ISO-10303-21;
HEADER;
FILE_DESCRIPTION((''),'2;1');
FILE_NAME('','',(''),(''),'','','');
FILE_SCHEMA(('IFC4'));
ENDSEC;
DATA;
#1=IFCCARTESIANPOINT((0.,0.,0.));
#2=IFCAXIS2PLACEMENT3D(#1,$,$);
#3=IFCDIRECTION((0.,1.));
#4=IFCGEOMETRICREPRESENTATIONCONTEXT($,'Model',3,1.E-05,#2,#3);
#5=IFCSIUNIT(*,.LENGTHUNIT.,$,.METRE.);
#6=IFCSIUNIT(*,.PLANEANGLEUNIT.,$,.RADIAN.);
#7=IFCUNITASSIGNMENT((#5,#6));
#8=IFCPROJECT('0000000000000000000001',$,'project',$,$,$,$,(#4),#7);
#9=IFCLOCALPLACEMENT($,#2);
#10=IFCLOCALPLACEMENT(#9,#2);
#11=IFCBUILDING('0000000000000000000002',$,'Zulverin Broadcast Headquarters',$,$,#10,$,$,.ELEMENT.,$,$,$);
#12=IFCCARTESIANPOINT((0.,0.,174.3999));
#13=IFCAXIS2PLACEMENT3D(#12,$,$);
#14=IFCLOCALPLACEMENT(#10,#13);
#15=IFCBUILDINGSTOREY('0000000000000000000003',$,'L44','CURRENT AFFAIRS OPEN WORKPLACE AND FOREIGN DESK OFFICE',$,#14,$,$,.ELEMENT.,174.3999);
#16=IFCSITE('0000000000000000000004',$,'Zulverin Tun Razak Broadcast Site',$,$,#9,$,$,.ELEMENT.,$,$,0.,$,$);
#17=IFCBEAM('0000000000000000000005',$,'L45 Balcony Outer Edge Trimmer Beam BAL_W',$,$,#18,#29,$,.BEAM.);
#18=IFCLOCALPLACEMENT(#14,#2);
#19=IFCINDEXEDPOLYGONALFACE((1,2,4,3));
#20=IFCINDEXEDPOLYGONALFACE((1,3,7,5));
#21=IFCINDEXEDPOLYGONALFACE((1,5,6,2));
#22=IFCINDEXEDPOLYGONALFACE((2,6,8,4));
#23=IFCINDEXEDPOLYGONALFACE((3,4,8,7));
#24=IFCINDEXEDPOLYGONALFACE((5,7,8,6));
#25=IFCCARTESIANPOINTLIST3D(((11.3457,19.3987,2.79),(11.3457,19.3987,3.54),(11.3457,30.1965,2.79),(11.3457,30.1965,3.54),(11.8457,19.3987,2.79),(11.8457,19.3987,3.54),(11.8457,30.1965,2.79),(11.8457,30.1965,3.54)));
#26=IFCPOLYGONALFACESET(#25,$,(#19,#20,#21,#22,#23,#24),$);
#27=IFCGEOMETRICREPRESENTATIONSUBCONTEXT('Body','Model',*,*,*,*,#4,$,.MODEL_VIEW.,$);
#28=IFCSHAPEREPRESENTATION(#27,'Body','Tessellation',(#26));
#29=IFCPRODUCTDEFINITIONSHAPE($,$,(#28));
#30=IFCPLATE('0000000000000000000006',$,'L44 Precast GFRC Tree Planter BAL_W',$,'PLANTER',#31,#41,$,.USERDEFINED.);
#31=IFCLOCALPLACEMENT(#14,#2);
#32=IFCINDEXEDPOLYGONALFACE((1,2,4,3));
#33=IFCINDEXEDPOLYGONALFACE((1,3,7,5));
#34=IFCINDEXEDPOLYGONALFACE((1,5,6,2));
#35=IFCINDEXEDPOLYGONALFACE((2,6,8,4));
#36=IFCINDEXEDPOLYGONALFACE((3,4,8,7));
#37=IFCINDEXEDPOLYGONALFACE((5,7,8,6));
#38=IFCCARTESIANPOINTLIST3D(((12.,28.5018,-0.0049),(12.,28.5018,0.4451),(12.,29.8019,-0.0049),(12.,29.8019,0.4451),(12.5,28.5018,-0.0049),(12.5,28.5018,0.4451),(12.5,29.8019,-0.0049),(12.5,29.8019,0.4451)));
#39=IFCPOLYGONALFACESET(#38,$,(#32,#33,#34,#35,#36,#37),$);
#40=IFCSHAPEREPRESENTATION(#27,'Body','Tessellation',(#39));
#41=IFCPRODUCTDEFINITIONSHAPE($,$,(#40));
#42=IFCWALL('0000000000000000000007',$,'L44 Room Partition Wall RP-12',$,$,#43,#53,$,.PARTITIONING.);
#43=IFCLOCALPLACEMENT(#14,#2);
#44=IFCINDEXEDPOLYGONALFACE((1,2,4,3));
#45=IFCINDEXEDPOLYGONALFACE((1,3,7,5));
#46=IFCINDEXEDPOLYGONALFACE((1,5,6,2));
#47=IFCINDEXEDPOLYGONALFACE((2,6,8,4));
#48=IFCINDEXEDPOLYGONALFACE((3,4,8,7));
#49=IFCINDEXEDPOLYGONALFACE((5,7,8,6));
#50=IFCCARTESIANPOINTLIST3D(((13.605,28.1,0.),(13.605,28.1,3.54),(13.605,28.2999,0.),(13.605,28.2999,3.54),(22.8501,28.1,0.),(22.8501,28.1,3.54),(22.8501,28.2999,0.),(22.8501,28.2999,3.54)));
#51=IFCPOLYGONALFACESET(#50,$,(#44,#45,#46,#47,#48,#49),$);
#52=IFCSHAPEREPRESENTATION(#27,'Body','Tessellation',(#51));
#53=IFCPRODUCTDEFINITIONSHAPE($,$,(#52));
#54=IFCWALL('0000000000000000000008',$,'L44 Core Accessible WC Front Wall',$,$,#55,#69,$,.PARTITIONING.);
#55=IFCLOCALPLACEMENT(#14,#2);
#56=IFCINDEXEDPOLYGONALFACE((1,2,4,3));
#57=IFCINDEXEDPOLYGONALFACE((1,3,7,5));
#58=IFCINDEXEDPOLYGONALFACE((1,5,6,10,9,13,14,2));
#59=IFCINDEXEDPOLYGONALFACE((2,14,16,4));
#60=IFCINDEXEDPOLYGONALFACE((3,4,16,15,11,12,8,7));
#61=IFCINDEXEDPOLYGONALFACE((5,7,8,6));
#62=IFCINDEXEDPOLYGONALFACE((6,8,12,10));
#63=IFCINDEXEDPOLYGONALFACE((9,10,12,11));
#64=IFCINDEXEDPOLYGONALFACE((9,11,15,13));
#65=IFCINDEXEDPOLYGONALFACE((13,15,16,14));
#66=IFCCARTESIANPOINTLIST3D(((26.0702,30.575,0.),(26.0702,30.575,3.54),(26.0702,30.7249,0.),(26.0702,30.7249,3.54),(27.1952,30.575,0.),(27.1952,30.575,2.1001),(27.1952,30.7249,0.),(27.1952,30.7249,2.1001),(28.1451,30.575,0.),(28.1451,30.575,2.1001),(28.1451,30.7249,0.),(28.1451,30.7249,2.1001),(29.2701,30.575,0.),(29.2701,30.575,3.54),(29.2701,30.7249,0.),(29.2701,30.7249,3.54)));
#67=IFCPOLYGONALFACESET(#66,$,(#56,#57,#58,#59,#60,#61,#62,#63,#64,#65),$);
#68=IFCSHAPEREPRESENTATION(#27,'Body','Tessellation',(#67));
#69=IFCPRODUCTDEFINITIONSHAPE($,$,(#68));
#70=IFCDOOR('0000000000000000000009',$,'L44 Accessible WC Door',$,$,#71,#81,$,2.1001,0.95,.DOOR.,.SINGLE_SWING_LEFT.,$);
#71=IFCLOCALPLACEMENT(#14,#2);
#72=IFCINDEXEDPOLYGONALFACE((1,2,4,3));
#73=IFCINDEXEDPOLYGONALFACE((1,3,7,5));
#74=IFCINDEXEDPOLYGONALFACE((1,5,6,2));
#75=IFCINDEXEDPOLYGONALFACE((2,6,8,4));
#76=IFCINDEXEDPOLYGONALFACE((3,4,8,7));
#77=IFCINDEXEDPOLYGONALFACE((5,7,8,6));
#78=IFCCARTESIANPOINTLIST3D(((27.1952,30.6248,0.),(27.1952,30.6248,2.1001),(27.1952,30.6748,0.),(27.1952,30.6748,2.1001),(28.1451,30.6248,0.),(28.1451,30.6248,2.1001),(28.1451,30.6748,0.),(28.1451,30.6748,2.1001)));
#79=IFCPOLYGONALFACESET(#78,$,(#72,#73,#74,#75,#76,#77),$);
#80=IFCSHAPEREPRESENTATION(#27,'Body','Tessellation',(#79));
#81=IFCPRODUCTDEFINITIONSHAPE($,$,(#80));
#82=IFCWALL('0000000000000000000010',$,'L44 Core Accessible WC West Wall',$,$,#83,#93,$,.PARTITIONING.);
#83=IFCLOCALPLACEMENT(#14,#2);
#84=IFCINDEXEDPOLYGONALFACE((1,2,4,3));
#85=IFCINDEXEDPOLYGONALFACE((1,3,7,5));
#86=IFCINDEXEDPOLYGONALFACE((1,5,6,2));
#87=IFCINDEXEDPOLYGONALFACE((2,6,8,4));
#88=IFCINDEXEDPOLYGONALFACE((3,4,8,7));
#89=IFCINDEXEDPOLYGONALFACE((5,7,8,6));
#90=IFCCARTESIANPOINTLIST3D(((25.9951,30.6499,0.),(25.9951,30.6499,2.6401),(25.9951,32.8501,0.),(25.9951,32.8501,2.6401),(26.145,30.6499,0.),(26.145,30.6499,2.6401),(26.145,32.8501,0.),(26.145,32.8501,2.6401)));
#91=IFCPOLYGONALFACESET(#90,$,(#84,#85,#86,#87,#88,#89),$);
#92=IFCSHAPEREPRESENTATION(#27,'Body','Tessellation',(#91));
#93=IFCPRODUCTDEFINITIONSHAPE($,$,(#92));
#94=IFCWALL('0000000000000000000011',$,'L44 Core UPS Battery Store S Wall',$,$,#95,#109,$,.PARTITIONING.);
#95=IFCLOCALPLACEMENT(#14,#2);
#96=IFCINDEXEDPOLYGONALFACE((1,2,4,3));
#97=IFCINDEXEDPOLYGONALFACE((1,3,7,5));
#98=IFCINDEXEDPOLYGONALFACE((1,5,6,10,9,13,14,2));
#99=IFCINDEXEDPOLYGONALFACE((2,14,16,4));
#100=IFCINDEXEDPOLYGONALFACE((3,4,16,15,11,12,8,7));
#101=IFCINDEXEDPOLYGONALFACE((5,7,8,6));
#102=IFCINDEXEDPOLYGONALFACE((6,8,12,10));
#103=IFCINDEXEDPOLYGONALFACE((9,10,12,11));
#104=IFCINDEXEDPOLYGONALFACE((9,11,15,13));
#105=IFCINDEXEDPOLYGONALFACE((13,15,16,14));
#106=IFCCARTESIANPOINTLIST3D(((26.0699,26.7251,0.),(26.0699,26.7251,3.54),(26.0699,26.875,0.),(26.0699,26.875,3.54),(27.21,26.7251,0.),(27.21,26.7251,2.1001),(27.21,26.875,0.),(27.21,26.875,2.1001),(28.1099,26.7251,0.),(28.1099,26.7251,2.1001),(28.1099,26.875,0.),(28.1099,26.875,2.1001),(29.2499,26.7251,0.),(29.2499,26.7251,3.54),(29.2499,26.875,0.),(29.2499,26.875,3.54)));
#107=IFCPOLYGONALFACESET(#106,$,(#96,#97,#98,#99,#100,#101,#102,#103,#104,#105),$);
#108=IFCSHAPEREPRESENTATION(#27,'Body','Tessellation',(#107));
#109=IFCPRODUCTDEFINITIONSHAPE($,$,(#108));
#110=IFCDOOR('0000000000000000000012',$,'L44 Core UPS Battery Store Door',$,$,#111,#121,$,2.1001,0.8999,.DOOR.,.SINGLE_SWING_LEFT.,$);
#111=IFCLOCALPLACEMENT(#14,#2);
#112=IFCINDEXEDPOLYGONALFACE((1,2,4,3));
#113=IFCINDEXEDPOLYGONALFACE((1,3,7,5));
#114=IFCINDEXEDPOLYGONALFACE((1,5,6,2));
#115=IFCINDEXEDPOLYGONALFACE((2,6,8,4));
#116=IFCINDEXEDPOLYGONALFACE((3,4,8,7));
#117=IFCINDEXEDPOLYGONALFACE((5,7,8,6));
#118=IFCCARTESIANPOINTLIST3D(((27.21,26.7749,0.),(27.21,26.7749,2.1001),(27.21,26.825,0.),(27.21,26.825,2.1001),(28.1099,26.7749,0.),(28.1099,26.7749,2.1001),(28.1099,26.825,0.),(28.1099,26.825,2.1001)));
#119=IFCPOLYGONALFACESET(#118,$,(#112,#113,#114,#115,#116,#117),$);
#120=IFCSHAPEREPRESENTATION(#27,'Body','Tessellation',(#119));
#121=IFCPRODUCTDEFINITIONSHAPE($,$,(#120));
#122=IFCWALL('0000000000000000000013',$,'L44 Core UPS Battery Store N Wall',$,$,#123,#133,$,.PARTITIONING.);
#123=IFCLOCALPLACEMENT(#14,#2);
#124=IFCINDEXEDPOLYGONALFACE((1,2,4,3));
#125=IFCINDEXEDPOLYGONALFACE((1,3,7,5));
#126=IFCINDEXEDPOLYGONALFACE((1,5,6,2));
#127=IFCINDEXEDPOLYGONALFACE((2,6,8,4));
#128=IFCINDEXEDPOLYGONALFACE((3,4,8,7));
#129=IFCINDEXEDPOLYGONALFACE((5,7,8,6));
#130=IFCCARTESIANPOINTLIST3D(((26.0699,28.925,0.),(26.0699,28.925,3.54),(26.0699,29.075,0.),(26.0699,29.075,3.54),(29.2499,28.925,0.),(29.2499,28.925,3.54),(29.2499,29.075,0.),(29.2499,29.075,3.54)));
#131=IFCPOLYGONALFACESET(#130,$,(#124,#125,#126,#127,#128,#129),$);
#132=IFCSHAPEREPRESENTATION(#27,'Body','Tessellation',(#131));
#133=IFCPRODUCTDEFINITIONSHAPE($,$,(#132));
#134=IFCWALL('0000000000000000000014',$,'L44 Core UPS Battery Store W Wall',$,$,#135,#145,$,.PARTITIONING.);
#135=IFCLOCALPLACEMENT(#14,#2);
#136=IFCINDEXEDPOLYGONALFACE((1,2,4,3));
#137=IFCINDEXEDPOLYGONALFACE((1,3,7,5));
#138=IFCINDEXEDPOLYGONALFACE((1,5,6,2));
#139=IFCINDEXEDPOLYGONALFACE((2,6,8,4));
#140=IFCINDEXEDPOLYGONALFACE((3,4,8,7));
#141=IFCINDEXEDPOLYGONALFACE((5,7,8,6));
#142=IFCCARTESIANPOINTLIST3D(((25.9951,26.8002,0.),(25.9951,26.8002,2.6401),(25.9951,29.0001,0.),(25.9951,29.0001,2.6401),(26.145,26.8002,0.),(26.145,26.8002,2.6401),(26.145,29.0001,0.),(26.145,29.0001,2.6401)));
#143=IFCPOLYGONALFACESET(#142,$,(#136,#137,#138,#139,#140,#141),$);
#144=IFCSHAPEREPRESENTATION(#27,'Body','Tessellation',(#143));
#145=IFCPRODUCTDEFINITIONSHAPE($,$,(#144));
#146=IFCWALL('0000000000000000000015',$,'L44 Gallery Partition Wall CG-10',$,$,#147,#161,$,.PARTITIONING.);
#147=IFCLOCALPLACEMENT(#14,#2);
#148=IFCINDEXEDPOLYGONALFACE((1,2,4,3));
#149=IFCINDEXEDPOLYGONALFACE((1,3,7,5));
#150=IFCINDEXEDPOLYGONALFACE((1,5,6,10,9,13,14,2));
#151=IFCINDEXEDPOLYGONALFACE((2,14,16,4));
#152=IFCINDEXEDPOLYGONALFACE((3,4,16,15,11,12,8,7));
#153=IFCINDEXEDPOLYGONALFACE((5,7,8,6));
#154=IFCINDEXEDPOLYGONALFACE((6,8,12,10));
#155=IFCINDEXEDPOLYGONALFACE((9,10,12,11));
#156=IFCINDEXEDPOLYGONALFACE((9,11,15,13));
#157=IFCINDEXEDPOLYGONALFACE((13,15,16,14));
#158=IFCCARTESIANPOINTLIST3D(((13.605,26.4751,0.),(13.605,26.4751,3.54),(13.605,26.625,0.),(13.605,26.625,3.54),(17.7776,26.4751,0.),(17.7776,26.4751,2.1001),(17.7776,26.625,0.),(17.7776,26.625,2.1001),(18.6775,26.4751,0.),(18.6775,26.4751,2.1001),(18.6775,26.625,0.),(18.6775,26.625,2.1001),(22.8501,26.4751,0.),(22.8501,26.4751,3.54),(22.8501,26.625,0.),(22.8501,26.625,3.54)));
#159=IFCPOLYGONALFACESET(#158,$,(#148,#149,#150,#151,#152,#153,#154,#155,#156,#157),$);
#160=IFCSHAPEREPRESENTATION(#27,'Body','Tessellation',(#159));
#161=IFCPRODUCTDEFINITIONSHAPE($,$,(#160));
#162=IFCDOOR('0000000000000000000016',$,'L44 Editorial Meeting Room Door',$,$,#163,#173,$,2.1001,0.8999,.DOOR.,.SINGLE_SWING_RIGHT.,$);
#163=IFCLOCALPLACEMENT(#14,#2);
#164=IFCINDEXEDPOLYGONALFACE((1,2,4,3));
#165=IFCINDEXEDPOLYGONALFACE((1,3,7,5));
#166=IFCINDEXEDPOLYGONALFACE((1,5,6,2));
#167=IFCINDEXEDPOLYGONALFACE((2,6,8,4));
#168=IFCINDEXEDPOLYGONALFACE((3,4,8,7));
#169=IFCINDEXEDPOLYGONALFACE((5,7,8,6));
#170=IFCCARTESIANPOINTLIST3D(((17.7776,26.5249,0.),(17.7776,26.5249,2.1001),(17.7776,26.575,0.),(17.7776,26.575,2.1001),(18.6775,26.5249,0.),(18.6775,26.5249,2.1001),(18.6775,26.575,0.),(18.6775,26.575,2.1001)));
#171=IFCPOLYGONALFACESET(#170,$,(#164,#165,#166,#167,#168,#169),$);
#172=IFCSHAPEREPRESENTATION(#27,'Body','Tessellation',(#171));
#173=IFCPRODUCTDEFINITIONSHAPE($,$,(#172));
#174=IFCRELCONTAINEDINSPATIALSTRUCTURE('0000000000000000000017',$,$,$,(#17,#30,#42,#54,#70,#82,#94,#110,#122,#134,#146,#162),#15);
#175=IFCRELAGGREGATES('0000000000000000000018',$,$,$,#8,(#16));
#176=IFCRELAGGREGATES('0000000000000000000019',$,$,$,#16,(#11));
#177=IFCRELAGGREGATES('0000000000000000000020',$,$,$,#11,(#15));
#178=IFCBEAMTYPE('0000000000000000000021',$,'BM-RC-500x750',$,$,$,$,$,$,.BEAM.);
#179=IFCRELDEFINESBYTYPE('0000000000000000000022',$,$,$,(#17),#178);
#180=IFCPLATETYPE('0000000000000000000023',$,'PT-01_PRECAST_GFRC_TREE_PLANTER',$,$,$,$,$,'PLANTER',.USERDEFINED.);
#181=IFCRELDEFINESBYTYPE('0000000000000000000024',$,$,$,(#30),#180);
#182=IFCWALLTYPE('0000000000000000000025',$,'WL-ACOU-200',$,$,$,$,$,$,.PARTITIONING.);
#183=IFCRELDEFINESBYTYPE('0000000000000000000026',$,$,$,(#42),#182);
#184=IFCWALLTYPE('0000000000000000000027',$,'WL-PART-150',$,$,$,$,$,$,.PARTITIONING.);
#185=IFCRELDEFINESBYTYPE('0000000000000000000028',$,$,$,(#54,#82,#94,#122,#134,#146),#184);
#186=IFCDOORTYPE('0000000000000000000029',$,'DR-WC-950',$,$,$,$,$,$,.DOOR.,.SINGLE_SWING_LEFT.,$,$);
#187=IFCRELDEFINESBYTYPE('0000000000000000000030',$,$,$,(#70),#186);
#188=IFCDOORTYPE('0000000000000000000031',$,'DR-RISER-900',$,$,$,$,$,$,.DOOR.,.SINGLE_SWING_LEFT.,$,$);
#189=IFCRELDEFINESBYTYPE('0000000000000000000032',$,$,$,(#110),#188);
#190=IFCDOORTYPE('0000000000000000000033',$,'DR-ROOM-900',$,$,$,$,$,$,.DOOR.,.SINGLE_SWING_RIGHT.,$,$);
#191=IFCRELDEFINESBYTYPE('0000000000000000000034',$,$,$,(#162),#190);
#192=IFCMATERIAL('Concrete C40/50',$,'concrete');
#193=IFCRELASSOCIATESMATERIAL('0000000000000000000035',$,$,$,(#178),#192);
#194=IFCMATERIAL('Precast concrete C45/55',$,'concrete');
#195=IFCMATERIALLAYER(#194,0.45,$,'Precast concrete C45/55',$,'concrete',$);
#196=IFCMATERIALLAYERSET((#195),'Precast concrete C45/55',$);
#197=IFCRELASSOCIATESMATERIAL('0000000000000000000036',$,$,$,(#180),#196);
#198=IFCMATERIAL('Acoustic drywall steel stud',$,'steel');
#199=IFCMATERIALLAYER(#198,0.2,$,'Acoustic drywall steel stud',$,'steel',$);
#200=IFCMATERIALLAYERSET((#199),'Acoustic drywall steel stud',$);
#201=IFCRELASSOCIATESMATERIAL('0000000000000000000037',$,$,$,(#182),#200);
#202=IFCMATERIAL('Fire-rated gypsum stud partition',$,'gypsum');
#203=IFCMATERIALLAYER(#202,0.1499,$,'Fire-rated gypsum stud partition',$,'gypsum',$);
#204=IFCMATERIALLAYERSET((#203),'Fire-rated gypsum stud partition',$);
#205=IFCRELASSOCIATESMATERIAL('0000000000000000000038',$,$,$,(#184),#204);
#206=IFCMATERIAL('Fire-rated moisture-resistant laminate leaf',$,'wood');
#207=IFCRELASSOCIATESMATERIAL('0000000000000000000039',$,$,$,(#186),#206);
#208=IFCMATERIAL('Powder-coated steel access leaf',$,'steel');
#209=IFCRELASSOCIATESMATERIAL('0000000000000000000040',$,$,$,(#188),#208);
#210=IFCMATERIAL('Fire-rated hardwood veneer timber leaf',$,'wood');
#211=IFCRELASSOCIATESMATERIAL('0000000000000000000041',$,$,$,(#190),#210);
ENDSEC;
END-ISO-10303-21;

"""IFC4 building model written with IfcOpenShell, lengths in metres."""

from ifc_helpers import new_model, si_unit, direction, frame, frame_2d, origin, origin_2d, place, context, subcontext, project, spatial, rectangle, extrude, material, layer, layer_set, material_profile, profile_set, type_object, element, fill, save


model = new_model("IFC4")

# Units and contexts
model_context = context("Model", 3, precision=1e-05, world=origin(), true_north=direction((0.0, 1.0)))
body_context = subcontext(model_context, "Body", "Model", "MODEL_VIEW")
ifc_project = project(units=[si_unit("LENGTHUNIT", "METRE"), si_unit("PLANEANGLEUNIT", "RADIAN")], contexts=[model_context])

# Site, building, storey
site_placement = place(None, origin())
site = spatial("IfcSite", under=ifc_project, at=site_placement, Name="Zulverin Tun Razak Broadcast Site", CompositionType="ELEMENT", RefElevation=0.0)
building_placement = place(site_placement, origin())
building = spatial("IfcBuilding", under=site, at=building_placement, Name="Zulverin Broadcast Headquarters", CompositionType="ELEMENT")
storey_placement = place(building_placement, frame((0.0, 0.0, 174.3999)))
storey = spatial("IfcBuildingStorey", under=building, at=storey_placement, Name="L44", Description="CURRENT AFFAIRS OPEN WORKPLACE AND FOREIGN DESK OFFICE", CompositionType="ELEMENT", Elevation=174.3999)

# Beam
ifc_material_1 = material(Name="Concrete C40/50", Category="concrete")
ifc_material_profile = material_profile(ifc_material_1, rectangle(XDim=0.5, YDim=0.75, at=origin_2d()), Name="Concrete C40/50", Category="concrete")
ifc_profile_set = profile_set([ifc_material_profile], Name="Concrete C40/50")
beam_type = type_object("IfcBeamType", Name="BM-RC-500x750", PredefinedType="BEAM", material=ifc_profile_set)
beam_placement = place(storey_placement, frame((11.5957, 30.1965, 3.165), z_axis=(0.0, -1.0, 0.0), x_axis=(1.0, 0.0, 0.0)))
element("IfcBeam", 1, at=beam_placement, inside=storey, type_object=beam_type, Name="L45 Balcony Outer Edge Trimmer Beam BAL_W", PredefinedType="BEAM", context=body_context, shape_type="SweptSolid", body=[
    extrude(rectangle(XDim=0.5, YDim=0.75, at=origin_2d()), origin(), (0.0, 0.0, 1.0), 10.7979),
])

# Plate
ifc_material_2 = material(Name="Precast concrete C45/55", Category="concrete")
ifc_layer_1 = layer(ifc_material_2, 0.45, Name="Precast concrete C45/55", Category="concrete")
ifc_layer_set_1 = layer_set([ifc_layer_1], Name="Precast concrete C45/55")
plate_type = type_object("IfcPlateType", Name="PT-01_PRECAST_GFRC_TREE_PLANTER", ElementType="PLANTER", PredefinedType="USERDEFINED", material=ifc_layer_set_1)
plate_placement = place(storey_placement, frame((12.25, 29.1519, -0.0049), z_axis=(0.0, 0.0, 1.0), x_axis=(0.0, 1.0, 0.0)))
element("IfcPlate", 2, at=plate_placement, inside=storey, type_object=plate_type, Name="L44 Precast GFRC Tree Planter BAL_W", ObjectType="PLANTER", PredefinedType="USERDEFINED", context=body_context, shape_type="SweptSolid", body=[
    extrude(rectangle(XDim=1.3, YDim=0.5, at=origin_2d()), origin(), (0.0, 0.0, 1.0), 0.45),
])

# Wall
ifc_material_3 = material(Name="Acoustic drywall steel stud", Category="steel")
ifc_layer_2 = layer(ifc_material_3, 0.2, Name="Acoustic drywall steel stud", Category="steel")
ifc_layer_set_2 = layer_set([ifc_layer_2], Name="Acoustic drywall steel stud")
wall_type_1 = type_object("IfcWallType", Name="WL-ACOU-200", PredefinedType="PARTITIONING", material=ifc_layer_set_2)
wall_1_placement = place(storey_placement, frame((13.605, 28.2, 0.0), z_axis=(0.0, 0.0, 1.0), x_axis=(1.0, 0.0, 0.0)))
element("IfcWall", 3, at=wall_1_placement, inside=storey, type_object=wall_type_1, Name="L44 Room Partition Wall RP-12", PredefinedType="PARTITIONING", context=body_context, shape_type="SweptSolid", body=[
    extrude(rectangle(XDim=9.2451, YDim=0.2, at=frame_2d((4.6226, 0.0))), origin(), (0.0, 0.0, 1.0), 3.54),
])

# Wall, opening, door
ifc_material_4 = material(Name="Fire-rated gypsum stud partition", Category="gypsum")
ifc_layer_3 = layer(ifc_material_4, 0.1499, Name="Fire-rated gypsum stud partition", Category="gypsum")
ifc_layer_set_3 = layer_set([ifc_layer_3], Name="Fire-rated gypsum stud partition")
wall_type_2 = type_object("IfcWallType", Name="WL-PART-150", PredefinedType="PARTITIONING", material=ifc_layer_set_3)
wall_2_placement = place(storey_placement, frame((26.0701, 30.6499, 0.0), z_axis=(0.0, 0.0, 1.0), x_axis=(1.0, 0.0, 0.0)))
wall_2 = element("IfcWall", 4, at=wall_2_placement, inside=storey, type_object=wall_type_2, Name="L44 Core Accessible WC Front Wall", PredefinedType="PARTITIONING", context=body_context, shape_type="SweptSolid", body=[
    extrude(rectangle(XDim=3.2, YDim=0.1499, at=frame_2d((1.6001, 0.0))), origin(), (0.0, 0.0, 1.0), 3.54),
])
opening_1_placement = place(wall_2_placement, frame((1.125, 0.0, 0.0)))
opening_1 = element("IfcOpeningElement", 5, at=opening_1_placement, cuts=wall_2, PredefinedType="OPENING", context=body_context, shape_type="SweptSolid", body=[
    extrude(rectangle(XDim=0.95, YDim=2.1001, at=frame_2d((0.4751, 1.05))), frame((0.0, 0.085, 0.0), z_axis=(0.0, -1.0, 0.0), x_axis=(1.0, 0.0, 0.0)), (0.0, 0.0, 1.0), 0.1699),
])
ifc_material_5 = material(Name="Fire-rated moisture-resistant laminate leaf", Category="wood")
door_type_1 = type_object("IfcDoorType", Name="DR-WC-950", OperationType="SINGLE_SWING_LEFT", PredefinedType="DOOR", material=ifc_material_5)
door_1_placement = place(opening_1_placement, origin())
door_1 = element("IfcDoor", 6, at=door_1_placement, inside=storey, type_object=door_type_1, Name="L44 Accessible WC Door", OperationType="SINGLE_SWING_LEFT", OverallHeight=2.1001, OverallWidth=0.95, PredefinedType="DOOR", context=body_context, shape_type="SweptSolid", body=[
    extrude(rectangle(XDim=0.95, YDim=2.1001, at=frame_2d((0.4751, 1.05))), frame((0.0, 0.0249, 0.0), z_axis=(0.0, -1.0, 0.0), x_axis=(1.0, 0.0, 0.0)), (0.0, 0.0, 1.0), 0.05),
])
fill(opening_1, door_1)

# Wall
wall_3_placement = place(storey_placement, frame((26.0701, 30.6499, 0.0), z_axis=(0.0, 0.0, 1.0), x_axis=(0.0, 1.0, 0.0)))
element("IfcWall", 7, at=wall_3_placement, inside=storey, type_object=wall_type_2, Name="L44 Core Accessible WC West Wall", PredefinedType="PARTITIONING", context=body_context, shape_type="SweptSolid", body=[
    extrude(rectangle(XDim=2.2002, YDim=0.1499, at=frame_2d((1.1001, 0.0))), origin(), (0.0, 0.0, 1.0), 2.6401),
])

# Wall, opening, door
wall_4_placement = place(storey_placement, frame((26.0701, 26.8, 0.0), z_axis=(0.0, 0.0, 1.0), x_axis=(1.0, 0.0, 0.0)))
wall_4 = element("IfcWall", 8, at=wall_4_placement, inside=storey, type_object=wall_type_2, Name="L44 Core UPS Battery Store S Wall", PredefinedType="PARTITIONING", context=body_context, shape_type="SweptSolid", body=[
    extrude(rectangle(XDim=3.1799, YDim=0.1499, at=frame_2d((1.5898, 0.0))), origin(), (0.0, 0.0, 1.0), 3.54),
])
opening_2_placement = place(wall_4_placement, frame((1.1399, 0.0, 0.0)))
opening_2 = element("IfcOpeningElement", 9, at=opening_2_placement, cuts=wall_4, PredefinedType="OPENING", context=body_context, shape_type="SweptSolid", body=[
    extrude(rectangle(XDim=0.8999, YDim=2.1001, at=frame_2d((0.45, 1.05))), frame((0.0, 0.085, 0.0), z_axis=(0.0, -1.0, 0.0), x_axis=(1.0, 0.0, 0.0)), (0.0, 0.0, 1.0), 0.1699),
])
ifc_material_6 = material(Name="Powder-coated steel access leaf", Category="steel")
door_type_2 = type_object("IfcDoorType", Name="DR-RISER-900", OperationType="SINGLE_SWING_LEFT", PredefinedType="DOOR", material=ifc_material_6)
door_2_placement = place(opening_2_placement, origin())
door_2 = element("IfcDoor", 10, at=door_2_placement, inside=storey, type_object=door_type_2, Name="L44 Core UPS Battery Store Door", OperationType="SINGLE_SWING_LEFT", OverallHeight=2.1001, OverallWidth=0.8999, PredefinedType="DOOR", context=body_context, shape_type="SweptSolid", body=[
    extrude(rectangle(XDim=0.8999, YDim=2.1001, at=frame_2d((0.45, 1.05))), frame((0.0, 0.0249, 0.0), z_axis=(0.0, -1.0, 0.0), x_axis=(1.0, 0.0, 0.0)), (0.0, 0.0, 1.0), 0.05),
])
fill(opening_2, door_2)

# Walls
wall_5_placement = place(storey_placement, frame((26.0701, 29.0, 0.0), z_axis=(0.0, 0.0, 1.0), x_axis=(1.0, 0.0, 0.0)))
element("IfcWall", 11, at=wall_5_placement, inside=storey, type_object=wall_type_2, Name="L44 Core UPS Battery Store N Wall", PredefinedType="PARTITIONING", context=body_context, shape_type="SweptSolid", body=[
    extrude(rectangle(XDim=3.1799, YDim=0.1499, at=frame_2d((1.5898, 0.0))), origin(), (0.0, 0.0, 1.0), 3.54),
])
wall_6_placement = place(storey_placement, frame((26.0701, 26.8, 0.0), z_axis=(0.0, 0.0, 1.0), x_axis=(0.0, 1.0, 0.0)))
element("IfcWall", 12, at=wall_6_placement, inside=storey, type_object=wall_type_2, Name="L44 Core UPS Battery Store W Wall", PredefinedType="PARTITIONING", context=body_context, shape_type="SweptSolid", body=[
    extrude(rectangle(XDim=2.2, YDim=0.1499, at=frame_2d((1.1001, 0.0))), origin(), (0.0, 0.0, 1.0), 2.6401),
])

# Wall, opening, door
wall_7_placement = place(storey_placement, frame((13.605, 26.55, 0.0), z_axis=(0.0, 0.0, 1.0), x_axis=(1.0, 0.0, 0.0)))
wall_7 = element("IfcWall", 13, at=wall_7_placement, inside=storey, type_object=wall_type_2, Name="L44 Gallery Partition Wall CG-10", PredefinedType="PARTITIONING", context=body_context, shape_type="SweptSolid", body=[
    extrude(rectangle(XDim=9.2451, YDim=0.1499, at=frame_2d((4.6226, 0.0))), origin(), (0.0, 0.0, 1.0), 3.54),
])
opening_3_placement = place(wall_7_placement, frame((4.1726, 0.0, 0.0)))
opening_3 = element("IfcOpeningElement", 14, at=opening_3_placement, cuts=wall_7, PredefinedType="OPENING", context=body_context, shape_type="SweptSolid", body=[
    extrude(rectangle(XDim=0.8999, YDim=2.1001, at=frame_2d((0.45, 1.05))), frame((0.0, 0.085, 0.0), z_axis=(0.0, -1.0, 0.0), x_axis=(1.0, 0.0, 0.0)), (0.0, 0.0, 1.0), 0.1699),
])
ifc_material_7 = material(Name="Fire-rated hardwood veneer timber leaf", Category="wood")
door_type_3 = type_object("IfcDoorType", Name="DR-ROOM-900", OperationType="SINGLE_SWING_RIGHT", PredefinedType="DOOR", material=ifc_material_7)
door_3_placement = place(opening_3_placement, origin())
door_3 = element("IfcDoor", 15, at=door_3_placement, inside=storey, type_object=door_type_3, Name="L44 Editorial Meeting Room Door", OperationType="SINGLE_SWING_RIGHT", OverallHeight=2.1001, OverallWidth=0.8999, PredefinedType="DOOR", context=body_context, shape_type="SweptSolid", body=[
    extrude(rectangle(XDim=0.8999, YDim=2.1001, at=frame_2d((0.45, 1.05))), frame((0.0, 0.0249, 0.0), z_axis=(0.0, -1.0, 0.0), x_axis=(1.0, 0.0, 0.0)), (0.0, 0.0, 1.0), 0.05),
])
fill(opening_3, door_3)

save(model, "model.ifc")
